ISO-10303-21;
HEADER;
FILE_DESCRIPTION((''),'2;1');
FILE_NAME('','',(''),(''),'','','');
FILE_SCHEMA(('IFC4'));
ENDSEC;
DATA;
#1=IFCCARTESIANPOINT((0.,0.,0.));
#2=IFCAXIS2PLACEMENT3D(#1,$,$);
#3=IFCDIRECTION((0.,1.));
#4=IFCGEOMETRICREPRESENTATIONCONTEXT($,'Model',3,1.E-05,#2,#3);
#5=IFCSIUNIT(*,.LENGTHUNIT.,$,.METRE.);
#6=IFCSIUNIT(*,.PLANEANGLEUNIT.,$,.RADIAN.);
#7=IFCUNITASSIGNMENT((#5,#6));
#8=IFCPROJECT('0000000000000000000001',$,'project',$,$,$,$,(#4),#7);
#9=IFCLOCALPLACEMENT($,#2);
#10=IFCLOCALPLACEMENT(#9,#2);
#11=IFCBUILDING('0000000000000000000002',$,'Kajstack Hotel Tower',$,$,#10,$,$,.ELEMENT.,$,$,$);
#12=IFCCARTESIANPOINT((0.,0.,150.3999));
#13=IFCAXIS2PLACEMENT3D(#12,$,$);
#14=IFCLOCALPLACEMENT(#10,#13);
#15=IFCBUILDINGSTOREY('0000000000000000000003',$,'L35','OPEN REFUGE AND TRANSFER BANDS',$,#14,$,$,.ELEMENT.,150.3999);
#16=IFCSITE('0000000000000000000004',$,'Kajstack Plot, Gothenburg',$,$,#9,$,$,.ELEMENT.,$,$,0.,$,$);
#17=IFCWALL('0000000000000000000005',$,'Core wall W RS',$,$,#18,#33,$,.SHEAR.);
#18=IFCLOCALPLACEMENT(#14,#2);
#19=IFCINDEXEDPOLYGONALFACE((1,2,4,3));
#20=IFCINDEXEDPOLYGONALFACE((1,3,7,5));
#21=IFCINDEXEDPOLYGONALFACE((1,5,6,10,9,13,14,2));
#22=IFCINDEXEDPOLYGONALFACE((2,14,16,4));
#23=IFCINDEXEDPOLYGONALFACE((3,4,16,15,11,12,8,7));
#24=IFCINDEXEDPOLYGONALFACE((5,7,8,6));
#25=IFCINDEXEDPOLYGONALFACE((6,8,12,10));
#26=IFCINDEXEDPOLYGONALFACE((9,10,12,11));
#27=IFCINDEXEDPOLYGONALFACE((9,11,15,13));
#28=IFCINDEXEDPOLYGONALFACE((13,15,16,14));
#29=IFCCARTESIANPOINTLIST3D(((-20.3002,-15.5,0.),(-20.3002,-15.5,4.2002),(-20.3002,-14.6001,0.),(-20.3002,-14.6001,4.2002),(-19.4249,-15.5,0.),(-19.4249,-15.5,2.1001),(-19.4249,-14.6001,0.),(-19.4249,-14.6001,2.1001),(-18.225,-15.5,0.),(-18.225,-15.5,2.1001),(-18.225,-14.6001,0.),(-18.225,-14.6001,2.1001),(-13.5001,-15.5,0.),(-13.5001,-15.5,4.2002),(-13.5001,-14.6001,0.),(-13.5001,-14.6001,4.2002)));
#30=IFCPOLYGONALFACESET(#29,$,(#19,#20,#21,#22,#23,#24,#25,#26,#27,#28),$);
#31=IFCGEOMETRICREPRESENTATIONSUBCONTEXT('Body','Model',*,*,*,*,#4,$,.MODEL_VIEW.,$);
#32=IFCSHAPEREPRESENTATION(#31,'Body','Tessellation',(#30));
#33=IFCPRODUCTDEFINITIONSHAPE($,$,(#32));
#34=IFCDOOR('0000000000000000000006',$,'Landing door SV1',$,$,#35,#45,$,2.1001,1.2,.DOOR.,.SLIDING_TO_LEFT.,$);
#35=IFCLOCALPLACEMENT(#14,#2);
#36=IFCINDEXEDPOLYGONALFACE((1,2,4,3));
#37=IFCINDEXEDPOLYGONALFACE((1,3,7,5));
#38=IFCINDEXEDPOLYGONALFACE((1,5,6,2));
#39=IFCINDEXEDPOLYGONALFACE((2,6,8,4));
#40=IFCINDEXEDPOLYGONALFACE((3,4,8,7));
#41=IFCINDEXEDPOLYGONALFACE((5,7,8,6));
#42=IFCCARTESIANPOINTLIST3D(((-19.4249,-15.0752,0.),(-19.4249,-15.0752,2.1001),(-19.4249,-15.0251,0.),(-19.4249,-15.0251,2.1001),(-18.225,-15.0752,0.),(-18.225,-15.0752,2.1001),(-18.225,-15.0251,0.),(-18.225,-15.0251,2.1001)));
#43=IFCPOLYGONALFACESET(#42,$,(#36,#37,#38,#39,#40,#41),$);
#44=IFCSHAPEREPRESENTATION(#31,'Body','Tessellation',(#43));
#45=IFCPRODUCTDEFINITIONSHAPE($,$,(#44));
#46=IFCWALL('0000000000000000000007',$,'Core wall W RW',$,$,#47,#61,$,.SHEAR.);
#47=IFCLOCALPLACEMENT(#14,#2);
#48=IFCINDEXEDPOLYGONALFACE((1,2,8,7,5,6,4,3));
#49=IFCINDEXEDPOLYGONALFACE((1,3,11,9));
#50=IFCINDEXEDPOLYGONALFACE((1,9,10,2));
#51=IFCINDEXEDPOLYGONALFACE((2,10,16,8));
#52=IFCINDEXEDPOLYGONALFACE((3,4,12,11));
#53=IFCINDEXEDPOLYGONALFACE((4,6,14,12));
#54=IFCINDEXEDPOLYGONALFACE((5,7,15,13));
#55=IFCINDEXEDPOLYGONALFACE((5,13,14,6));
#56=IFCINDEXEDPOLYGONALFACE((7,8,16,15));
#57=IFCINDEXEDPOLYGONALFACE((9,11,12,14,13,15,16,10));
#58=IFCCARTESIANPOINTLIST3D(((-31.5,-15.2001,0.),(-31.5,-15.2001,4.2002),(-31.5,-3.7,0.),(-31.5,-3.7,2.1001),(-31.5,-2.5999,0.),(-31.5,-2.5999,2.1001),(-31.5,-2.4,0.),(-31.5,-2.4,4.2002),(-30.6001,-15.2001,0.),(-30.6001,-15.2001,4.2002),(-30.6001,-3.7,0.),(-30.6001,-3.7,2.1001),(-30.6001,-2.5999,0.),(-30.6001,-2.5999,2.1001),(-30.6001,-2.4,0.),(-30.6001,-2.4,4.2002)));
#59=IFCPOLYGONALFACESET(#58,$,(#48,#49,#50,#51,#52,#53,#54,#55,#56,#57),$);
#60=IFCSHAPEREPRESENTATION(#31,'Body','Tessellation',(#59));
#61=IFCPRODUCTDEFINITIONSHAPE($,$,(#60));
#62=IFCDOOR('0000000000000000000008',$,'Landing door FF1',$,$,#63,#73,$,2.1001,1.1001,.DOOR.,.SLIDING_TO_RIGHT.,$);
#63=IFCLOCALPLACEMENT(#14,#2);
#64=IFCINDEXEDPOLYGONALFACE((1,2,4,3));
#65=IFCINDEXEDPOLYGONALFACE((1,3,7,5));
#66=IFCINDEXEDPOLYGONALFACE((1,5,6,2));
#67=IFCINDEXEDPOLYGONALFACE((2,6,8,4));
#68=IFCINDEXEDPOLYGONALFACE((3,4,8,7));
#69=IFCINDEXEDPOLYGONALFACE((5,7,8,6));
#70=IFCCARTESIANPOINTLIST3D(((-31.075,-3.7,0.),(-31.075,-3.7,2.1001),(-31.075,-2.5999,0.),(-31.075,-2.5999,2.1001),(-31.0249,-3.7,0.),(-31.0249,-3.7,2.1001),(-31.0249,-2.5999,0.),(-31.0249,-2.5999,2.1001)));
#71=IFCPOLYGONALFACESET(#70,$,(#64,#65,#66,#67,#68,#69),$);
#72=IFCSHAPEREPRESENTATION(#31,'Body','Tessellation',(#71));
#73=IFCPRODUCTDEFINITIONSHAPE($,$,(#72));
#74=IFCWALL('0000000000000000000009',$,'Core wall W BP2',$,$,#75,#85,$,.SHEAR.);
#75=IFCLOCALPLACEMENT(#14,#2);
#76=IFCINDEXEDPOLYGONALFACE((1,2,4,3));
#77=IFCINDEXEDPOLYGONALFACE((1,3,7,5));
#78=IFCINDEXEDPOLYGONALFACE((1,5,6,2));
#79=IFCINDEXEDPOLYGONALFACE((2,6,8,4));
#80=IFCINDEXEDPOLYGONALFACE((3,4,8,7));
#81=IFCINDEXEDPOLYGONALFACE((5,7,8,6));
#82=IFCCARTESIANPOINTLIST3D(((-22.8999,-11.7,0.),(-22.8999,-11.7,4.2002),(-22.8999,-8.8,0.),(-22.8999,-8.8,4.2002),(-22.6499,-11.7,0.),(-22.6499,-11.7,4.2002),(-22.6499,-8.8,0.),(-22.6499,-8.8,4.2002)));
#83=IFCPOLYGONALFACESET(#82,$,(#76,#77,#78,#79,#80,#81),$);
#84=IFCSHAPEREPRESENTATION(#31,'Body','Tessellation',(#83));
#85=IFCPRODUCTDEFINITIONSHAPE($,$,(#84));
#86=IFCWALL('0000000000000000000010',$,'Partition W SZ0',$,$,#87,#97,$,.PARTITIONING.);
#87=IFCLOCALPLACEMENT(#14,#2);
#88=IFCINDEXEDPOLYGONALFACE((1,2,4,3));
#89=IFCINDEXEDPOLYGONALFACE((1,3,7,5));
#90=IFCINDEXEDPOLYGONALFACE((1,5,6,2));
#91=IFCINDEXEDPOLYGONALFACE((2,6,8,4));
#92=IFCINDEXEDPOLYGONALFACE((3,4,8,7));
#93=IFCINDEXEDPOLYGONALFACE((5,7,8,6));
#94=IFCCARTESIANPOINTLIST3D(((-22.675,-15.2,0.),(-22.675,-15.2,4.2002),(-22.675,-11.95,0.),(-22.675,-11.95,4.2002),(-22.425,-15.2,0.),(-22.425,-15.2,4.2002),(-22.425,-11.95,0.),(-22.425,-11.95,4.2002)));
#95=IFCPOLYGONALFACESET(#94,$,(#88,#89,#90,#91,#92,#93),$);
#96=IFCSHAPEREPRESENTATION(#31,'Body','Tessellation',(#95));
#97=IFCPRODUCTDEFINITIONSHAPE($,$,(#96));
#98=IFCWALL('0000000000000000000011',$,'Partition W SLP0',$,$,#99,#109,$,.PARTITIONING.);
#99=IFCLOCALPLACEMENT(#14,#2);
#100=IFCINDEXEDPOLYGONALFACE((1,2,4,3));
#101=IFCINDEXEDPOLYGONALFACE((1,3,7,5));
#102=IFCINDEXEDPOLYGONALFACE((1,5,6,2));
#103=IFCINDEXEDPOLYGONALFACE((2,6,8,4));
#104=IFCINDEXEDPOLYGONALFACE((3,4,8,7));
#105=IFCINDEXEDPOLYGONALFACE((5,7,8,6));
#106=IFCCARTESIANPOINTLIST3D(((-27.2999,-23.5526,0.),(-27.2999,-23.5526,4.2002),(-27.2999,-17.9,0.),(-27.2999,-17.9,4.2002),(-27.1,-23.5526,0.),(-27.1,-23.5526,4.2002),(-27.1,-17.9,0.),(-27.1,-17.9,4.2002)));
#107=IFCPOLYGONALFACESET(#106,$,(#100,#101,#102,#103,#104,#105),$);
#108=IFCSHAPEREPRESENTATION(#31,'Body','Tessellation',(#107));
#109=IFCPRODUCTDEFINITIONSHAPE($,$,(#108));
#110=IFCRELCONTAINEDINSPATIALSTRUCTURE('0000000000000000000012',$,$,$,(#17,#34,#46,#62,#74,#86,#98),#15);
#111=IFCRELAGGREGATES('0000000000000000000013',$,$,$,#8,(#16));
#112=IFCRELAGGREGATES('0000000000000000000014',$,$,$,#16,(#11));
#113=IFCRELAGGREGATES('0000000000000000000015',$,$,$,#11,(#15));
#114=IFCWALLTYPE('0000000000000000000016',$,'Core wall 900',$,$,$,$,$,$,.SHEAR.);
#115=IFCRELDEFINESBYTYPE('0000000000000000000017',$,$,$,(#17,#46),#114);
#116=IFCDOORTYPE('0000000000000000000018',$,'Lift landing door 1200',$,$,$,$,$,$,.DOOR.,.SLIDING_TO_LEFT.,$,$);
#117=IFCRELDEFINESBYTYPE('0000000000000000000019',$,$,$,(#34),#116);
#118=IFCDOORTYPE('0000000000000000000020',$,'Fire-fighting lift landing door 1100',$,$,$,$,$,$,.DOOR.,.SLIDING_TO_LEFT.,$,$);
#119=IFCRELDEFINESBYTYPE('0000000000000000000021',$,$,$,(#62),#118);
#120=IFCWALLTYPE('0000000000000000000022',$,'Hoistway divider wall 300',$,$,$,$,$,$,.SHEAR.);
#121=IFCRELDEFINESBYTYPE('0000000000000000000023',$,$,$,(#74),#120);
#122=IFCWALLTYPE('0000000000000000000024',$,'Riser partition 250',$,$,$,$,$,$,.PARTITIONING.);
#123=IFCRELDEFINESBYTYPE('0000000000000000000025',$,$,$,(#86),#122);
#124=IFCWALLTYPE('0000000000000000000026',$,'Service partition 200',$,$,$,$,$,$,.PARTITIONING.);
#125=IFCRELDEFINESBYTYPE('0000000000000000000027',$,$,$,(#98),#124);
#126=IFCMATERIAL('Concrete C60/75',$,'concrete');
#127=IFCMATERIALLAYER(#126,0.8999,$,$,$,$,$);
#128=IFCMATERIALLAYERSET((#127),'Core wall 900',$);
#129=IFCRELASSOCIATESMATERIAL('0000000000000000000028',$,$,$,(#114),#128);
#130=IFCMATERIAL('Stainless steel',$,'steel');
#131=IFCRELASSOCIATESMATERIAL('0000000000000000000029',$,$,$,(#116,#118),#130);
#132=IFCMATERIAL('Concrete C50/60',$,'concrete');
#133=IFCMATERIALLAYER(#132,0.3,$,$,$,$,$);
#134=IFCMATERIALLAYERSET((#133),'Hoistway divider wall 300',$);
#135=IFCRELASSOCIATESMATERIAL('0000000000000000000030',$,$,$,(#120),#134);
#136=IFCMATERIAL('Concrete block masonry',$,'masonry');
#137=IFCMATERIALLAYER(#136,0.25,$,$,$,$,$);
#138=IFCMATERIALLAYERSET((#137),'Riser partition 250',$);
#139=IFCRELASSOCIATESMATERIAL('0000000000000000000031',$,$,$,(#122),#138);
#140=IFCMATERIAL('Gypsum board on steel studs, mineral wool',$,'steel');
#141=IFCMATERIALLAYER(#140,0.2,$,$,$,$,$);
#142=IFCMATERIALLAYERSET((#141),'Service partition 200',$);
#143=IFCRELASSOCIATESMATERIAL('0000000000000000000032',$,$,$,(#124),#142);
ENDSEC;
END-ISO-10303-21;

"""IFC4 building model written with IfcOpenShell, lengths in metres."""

from ifc_helpers import new_model, si_unit, direction, frame, frame_2d, origin, place, context, subcontext, project, spatial, rectangle, extrude, material, layer, layer_set, type_object, element, fill, save


model = new_model("IFC4")

# Units and contexts
model_context = context("Model", 3, precision=1e-05, world=origin(), true_north=direction((0.0, 1.0)))
body_context = subcontext(model_context, "Body", "Model", "MODEL_VIEW")
ifc_project = project(units=[si_unit("LENGTHUNIT", "METRE"), si_unit("PLANEANGLEUNIT", "RADIAN")], contexts=[model_context])

# Site, building, storey
site_placement = place(None, origin())
site = spatial("IfcSite", under=ifc_project, at=site_placement, Name="Kajstack Plot, Gothenburg", CompositionType="ELEMENT", RefElevation=0.0)
building_placement = place(site_placement, origin())
building = spatial("IfcBuilding", under=site, at=building_placement, Name="Kajstack Hotel Tower", CompositionType="ELEMENT")
storey_placement = place(building_placement, frame((0.0, 0.0, 150.3999)))
storey = spatial("IfcBuildingStorey", under=building, at=storey_placement, Name="L35", Description="OPEN REFUGE AND TRANSFER BANDS", CompositionType="ELEMENT", Elevation=150.3999)

# Walls, openings, doors
ifc_material_1 = material(Name="Concrete C60/75", Category="concrete")
ifc_layer_1 = layer(ifc_material_1, 0.8999)
ifc_layer_set_1 = layer_set([ifc_layer_1], Name="Core wall 900")
wall_type_1 = type_object("IfcWallType", Name="Core wall 900", PredefinedType="SHEAR", material=ifc_layer_set_1)
wall_1_placement = place(storey_placement, frame((-20.3, -15.05, 0.0), z_axis=(0.0, 0.0, 1.0), x_axis=(1.0, 0.0, 0.0)))
wall_1 = element("IfcWall", 1, at=wall_1_placement, inside=storey, type_object=wall_type_1, Name="Core wall W RS", PredefinedType="SHEAR", context=body_context, shape_type="SweptSolid", body=[
    extrude(rectangle(XDim=6.8, YDim=0.8999, at=frame_2d((3.3999, 0.0))), origin(), (0.0, 0.0, 1.0), 4.2002),
])
opening_1_placement = place(wall_1_placement, frame((0.875, 0.0, 0.0)))
opening_1 = element("IfcOpeningElement", 2, at=opening_1_placement, cuts=wall_1, PredefinedType="OPENING", context=body_context, shape_type="SweptSolid", body=[
    extrude(rectangle(XDim=1.2, YDim=2.1001, at=frame_2d((0.6001, 1.05))), frame((0.0, 0.46, 0.0), z_axis=(0.0, -1.0, 0.0), x_axis=(1.0, 0.0, 0.0)), (0.0, 0.0, 1.0), 0.9199),
])
ifc_material_2 = material(Name="Stainless steel", Category="steel")
door_type_1 = type_object("IfcDoorType", Name="Lift landing door 1200", OperationType="SLIDING_TO_LEFT", PredefinedType="DOOR", material=ifc_material_2)
door_1_placement = place(opening_1_placement, origin())
door_1 = element("IfcDoor", 3, at=door_1_placement, inside=storey, type_object=door_type_1, Name="Landing door SV1", OperationType="SLIDING_TO_LEFT", OverallHeight=2.1001, OverallWidth=1.2, PredefinedType="DOOR", context=body_context, shape_type="SweptSolid", body=[
    extrude(rectangle(XDim=1.2, YDim=2.1001, at=frame_2d((0.6001, 1.05))), frame((0.0, 0.0249, 0.0), z_axis=(0.0, -1.0, 0.0), x_axis=(1.0, 0.0, 0.0)), (0.0, 0.0, 1.0), 0.05),
])
fill(opening_1, door_1)
wall_2_placement = place(storey_placement, frame((-31.05, -15.2, 0.0), z_axis=(0.0, 0.0, 1.0), x_axis=(0.0, 1.0, 0.0)))
wall_2 = element("IfcWall", 4, at=wall_2_placement, inside=storey, type_object=wall_type_1, Name="Core wall W RW", PredefinedType="SHEAR", context=body_context, shape_type="SweptSolid", body=[
    extrude(rectangle(XDim=12.8, YDim=0.8999, at=frame_2d((6.3999, 0.0))), origin(), (0.0, 0.0, 1.0), 4.2002),
])
opening_2_placement = place(wall_2_placement, frame((11.5, 0.0, 0.0)))
opening_2 = element("IfcOpeningElement", 5, at=opening_2_placement, cuts=wall_2, PredefinedType="OPENING", context=body_context, shape_type="SweptSolid", body=[
    extrude(rectangle(XDim=1.1001, YDim=2.1001, at=frame_2d((0.55, 1.05))), frame((0.0, 0.46, 0.0), z_axis=(0.0, -1.0, 0.0), x_axis=(1.0, 0.0, 0.0)), (0.0, 0.0, 1.0), 0.9199),
])
door_type_2 = type_object("IfcDoorType", Name="Fire-fighting lift landing door 1100", OperationType="SLIDING_TO_LEFT", PredefinedType="DOOR", material=ifc_material_2)
door_2_placement = place(opening_2_placement, origin())
door_2 = element("IfcDoor", 6, at=door_2_placement, inside=storey, type_object=door_type_2, Name="Landing door FF1", OperationType="SLIDING_TO_RIGHT", OverallHeight=2.1001, OverallWidth=1.1001, PredefinedType="DOOR", context=body_context, shape_type="SweptSolid", body=[
    extrude(rectangle(XDim=1.1001, YDim=2.1001, at=frame_2d((0.55, 1.05))), frame((0.0, 0.0249, 0.0), z_axis=(0.0, -1.0, 0.0), x_axis=(1.0, 0.0, 0.0)), (0.0, 0.0, 1.0), 0.05),
])
fill(opening_2, door_2)

# Walls
ifc_material_3 = material(Name="Concrete C50/60", Category="concrete")
ifc_layer_2 = layer(ifc_material_3, 0.3)
ifc_layer_set_2 = layer_set([ifc_layer_2], Name="Hoistway divider wall 300")
wall_type_2 = type_object("IfcWallType", Name="Hoistway divider wall 300", PredefinedType="SHEAR", material=ifc_layer_set_2)
wall_3_placement = place(storey_placement, frame((-22.7749, -11.7, 0.0), z_axis=(0.0, 0.0, 1.0), x_axis=(0.0, 1.0, 0.0)))
element("IfcWall", 7, at=wall_3_placement, inside=storey, type_object=wall_type_2, Name="Core wall W BP2", PredefinedType="SHEAR", context=body_context, shape_type="SweptSolid", body=[
    extrude(rectangle(XDim=2.8999, YDim=0.25, at=frame_2d((1.45, 0.0))), origin(), (0.0, 0.0, 1.0), 4.2002),
])
ifc_material_4 = material(Name="Concrete block masonry", Category="masonry")
ifc_layer_3 = layer(ifc_material_4, 0.25)
ifc_layer_set_3 = layer_set([ifc_layer_3], Name="Riser partition 250")
wall_type_3 = type_object("IfcWallType", Name="Riser partition 250", PredefinedType="PARTITIONING", material=ifc_layer_set_3)
wall_4_placement = place(storey_placement, frame((-22.55, -15.2, 0.0), z_axis=(0.0, 0.0, 1.0), x_axis=(0.0, 1.0, 0.0)))
element("IfcWall", 8, at=wall_4_placement, inside=storey, type_object=wall_type_3, Name="Partition W SZ0", PredefinedType="PARTITIONING", context=body_context, shape_type="SweptSolid", body=[
    extrude(rectangle(XDim=3.25, YDim=0.25, at=frame_2d((1.625, 0.0))), origin(), (0.0, 0.0, 1.0), 4.2002),
])
ifc_material_5 = material(Name="Gypsum board on steel studs, mineral wool", Category="steel")
ifc_layer_4 = layer(ifc_material_5, 0.2)
ifc_layer_set_4 = layer_set([ifc_layer_4], Name="Service partition 200")
wall_type_4 = type_object("IfcWallType", Name="Service partition 200", PredefinedType="PARTITIONING", material=ifc_layer_set_4)
wall_5_placement = place(storey_placement, frame((-27.2, -23.5525, 0.0), z_axis=(0.0, 0.0, 1.0), x_axis=(0.0, 1.0, 0.0)))
element("IfcWall", 9, at=wall_5_placement, inside=storey, type_object=wall_type_4, Name="Partition W SLP0", PredefinedType="PARTITIONING", context=body_context, shape_type="SweptSolid", body=[
    extrude(rectangle(XDim=5.6526, YDim=0.2, at=frame_2d((2.8262, 0.0))), origin(), (0.0, 0.0, 1.0), 4.2002),
])

save(model, "model.ifc")
